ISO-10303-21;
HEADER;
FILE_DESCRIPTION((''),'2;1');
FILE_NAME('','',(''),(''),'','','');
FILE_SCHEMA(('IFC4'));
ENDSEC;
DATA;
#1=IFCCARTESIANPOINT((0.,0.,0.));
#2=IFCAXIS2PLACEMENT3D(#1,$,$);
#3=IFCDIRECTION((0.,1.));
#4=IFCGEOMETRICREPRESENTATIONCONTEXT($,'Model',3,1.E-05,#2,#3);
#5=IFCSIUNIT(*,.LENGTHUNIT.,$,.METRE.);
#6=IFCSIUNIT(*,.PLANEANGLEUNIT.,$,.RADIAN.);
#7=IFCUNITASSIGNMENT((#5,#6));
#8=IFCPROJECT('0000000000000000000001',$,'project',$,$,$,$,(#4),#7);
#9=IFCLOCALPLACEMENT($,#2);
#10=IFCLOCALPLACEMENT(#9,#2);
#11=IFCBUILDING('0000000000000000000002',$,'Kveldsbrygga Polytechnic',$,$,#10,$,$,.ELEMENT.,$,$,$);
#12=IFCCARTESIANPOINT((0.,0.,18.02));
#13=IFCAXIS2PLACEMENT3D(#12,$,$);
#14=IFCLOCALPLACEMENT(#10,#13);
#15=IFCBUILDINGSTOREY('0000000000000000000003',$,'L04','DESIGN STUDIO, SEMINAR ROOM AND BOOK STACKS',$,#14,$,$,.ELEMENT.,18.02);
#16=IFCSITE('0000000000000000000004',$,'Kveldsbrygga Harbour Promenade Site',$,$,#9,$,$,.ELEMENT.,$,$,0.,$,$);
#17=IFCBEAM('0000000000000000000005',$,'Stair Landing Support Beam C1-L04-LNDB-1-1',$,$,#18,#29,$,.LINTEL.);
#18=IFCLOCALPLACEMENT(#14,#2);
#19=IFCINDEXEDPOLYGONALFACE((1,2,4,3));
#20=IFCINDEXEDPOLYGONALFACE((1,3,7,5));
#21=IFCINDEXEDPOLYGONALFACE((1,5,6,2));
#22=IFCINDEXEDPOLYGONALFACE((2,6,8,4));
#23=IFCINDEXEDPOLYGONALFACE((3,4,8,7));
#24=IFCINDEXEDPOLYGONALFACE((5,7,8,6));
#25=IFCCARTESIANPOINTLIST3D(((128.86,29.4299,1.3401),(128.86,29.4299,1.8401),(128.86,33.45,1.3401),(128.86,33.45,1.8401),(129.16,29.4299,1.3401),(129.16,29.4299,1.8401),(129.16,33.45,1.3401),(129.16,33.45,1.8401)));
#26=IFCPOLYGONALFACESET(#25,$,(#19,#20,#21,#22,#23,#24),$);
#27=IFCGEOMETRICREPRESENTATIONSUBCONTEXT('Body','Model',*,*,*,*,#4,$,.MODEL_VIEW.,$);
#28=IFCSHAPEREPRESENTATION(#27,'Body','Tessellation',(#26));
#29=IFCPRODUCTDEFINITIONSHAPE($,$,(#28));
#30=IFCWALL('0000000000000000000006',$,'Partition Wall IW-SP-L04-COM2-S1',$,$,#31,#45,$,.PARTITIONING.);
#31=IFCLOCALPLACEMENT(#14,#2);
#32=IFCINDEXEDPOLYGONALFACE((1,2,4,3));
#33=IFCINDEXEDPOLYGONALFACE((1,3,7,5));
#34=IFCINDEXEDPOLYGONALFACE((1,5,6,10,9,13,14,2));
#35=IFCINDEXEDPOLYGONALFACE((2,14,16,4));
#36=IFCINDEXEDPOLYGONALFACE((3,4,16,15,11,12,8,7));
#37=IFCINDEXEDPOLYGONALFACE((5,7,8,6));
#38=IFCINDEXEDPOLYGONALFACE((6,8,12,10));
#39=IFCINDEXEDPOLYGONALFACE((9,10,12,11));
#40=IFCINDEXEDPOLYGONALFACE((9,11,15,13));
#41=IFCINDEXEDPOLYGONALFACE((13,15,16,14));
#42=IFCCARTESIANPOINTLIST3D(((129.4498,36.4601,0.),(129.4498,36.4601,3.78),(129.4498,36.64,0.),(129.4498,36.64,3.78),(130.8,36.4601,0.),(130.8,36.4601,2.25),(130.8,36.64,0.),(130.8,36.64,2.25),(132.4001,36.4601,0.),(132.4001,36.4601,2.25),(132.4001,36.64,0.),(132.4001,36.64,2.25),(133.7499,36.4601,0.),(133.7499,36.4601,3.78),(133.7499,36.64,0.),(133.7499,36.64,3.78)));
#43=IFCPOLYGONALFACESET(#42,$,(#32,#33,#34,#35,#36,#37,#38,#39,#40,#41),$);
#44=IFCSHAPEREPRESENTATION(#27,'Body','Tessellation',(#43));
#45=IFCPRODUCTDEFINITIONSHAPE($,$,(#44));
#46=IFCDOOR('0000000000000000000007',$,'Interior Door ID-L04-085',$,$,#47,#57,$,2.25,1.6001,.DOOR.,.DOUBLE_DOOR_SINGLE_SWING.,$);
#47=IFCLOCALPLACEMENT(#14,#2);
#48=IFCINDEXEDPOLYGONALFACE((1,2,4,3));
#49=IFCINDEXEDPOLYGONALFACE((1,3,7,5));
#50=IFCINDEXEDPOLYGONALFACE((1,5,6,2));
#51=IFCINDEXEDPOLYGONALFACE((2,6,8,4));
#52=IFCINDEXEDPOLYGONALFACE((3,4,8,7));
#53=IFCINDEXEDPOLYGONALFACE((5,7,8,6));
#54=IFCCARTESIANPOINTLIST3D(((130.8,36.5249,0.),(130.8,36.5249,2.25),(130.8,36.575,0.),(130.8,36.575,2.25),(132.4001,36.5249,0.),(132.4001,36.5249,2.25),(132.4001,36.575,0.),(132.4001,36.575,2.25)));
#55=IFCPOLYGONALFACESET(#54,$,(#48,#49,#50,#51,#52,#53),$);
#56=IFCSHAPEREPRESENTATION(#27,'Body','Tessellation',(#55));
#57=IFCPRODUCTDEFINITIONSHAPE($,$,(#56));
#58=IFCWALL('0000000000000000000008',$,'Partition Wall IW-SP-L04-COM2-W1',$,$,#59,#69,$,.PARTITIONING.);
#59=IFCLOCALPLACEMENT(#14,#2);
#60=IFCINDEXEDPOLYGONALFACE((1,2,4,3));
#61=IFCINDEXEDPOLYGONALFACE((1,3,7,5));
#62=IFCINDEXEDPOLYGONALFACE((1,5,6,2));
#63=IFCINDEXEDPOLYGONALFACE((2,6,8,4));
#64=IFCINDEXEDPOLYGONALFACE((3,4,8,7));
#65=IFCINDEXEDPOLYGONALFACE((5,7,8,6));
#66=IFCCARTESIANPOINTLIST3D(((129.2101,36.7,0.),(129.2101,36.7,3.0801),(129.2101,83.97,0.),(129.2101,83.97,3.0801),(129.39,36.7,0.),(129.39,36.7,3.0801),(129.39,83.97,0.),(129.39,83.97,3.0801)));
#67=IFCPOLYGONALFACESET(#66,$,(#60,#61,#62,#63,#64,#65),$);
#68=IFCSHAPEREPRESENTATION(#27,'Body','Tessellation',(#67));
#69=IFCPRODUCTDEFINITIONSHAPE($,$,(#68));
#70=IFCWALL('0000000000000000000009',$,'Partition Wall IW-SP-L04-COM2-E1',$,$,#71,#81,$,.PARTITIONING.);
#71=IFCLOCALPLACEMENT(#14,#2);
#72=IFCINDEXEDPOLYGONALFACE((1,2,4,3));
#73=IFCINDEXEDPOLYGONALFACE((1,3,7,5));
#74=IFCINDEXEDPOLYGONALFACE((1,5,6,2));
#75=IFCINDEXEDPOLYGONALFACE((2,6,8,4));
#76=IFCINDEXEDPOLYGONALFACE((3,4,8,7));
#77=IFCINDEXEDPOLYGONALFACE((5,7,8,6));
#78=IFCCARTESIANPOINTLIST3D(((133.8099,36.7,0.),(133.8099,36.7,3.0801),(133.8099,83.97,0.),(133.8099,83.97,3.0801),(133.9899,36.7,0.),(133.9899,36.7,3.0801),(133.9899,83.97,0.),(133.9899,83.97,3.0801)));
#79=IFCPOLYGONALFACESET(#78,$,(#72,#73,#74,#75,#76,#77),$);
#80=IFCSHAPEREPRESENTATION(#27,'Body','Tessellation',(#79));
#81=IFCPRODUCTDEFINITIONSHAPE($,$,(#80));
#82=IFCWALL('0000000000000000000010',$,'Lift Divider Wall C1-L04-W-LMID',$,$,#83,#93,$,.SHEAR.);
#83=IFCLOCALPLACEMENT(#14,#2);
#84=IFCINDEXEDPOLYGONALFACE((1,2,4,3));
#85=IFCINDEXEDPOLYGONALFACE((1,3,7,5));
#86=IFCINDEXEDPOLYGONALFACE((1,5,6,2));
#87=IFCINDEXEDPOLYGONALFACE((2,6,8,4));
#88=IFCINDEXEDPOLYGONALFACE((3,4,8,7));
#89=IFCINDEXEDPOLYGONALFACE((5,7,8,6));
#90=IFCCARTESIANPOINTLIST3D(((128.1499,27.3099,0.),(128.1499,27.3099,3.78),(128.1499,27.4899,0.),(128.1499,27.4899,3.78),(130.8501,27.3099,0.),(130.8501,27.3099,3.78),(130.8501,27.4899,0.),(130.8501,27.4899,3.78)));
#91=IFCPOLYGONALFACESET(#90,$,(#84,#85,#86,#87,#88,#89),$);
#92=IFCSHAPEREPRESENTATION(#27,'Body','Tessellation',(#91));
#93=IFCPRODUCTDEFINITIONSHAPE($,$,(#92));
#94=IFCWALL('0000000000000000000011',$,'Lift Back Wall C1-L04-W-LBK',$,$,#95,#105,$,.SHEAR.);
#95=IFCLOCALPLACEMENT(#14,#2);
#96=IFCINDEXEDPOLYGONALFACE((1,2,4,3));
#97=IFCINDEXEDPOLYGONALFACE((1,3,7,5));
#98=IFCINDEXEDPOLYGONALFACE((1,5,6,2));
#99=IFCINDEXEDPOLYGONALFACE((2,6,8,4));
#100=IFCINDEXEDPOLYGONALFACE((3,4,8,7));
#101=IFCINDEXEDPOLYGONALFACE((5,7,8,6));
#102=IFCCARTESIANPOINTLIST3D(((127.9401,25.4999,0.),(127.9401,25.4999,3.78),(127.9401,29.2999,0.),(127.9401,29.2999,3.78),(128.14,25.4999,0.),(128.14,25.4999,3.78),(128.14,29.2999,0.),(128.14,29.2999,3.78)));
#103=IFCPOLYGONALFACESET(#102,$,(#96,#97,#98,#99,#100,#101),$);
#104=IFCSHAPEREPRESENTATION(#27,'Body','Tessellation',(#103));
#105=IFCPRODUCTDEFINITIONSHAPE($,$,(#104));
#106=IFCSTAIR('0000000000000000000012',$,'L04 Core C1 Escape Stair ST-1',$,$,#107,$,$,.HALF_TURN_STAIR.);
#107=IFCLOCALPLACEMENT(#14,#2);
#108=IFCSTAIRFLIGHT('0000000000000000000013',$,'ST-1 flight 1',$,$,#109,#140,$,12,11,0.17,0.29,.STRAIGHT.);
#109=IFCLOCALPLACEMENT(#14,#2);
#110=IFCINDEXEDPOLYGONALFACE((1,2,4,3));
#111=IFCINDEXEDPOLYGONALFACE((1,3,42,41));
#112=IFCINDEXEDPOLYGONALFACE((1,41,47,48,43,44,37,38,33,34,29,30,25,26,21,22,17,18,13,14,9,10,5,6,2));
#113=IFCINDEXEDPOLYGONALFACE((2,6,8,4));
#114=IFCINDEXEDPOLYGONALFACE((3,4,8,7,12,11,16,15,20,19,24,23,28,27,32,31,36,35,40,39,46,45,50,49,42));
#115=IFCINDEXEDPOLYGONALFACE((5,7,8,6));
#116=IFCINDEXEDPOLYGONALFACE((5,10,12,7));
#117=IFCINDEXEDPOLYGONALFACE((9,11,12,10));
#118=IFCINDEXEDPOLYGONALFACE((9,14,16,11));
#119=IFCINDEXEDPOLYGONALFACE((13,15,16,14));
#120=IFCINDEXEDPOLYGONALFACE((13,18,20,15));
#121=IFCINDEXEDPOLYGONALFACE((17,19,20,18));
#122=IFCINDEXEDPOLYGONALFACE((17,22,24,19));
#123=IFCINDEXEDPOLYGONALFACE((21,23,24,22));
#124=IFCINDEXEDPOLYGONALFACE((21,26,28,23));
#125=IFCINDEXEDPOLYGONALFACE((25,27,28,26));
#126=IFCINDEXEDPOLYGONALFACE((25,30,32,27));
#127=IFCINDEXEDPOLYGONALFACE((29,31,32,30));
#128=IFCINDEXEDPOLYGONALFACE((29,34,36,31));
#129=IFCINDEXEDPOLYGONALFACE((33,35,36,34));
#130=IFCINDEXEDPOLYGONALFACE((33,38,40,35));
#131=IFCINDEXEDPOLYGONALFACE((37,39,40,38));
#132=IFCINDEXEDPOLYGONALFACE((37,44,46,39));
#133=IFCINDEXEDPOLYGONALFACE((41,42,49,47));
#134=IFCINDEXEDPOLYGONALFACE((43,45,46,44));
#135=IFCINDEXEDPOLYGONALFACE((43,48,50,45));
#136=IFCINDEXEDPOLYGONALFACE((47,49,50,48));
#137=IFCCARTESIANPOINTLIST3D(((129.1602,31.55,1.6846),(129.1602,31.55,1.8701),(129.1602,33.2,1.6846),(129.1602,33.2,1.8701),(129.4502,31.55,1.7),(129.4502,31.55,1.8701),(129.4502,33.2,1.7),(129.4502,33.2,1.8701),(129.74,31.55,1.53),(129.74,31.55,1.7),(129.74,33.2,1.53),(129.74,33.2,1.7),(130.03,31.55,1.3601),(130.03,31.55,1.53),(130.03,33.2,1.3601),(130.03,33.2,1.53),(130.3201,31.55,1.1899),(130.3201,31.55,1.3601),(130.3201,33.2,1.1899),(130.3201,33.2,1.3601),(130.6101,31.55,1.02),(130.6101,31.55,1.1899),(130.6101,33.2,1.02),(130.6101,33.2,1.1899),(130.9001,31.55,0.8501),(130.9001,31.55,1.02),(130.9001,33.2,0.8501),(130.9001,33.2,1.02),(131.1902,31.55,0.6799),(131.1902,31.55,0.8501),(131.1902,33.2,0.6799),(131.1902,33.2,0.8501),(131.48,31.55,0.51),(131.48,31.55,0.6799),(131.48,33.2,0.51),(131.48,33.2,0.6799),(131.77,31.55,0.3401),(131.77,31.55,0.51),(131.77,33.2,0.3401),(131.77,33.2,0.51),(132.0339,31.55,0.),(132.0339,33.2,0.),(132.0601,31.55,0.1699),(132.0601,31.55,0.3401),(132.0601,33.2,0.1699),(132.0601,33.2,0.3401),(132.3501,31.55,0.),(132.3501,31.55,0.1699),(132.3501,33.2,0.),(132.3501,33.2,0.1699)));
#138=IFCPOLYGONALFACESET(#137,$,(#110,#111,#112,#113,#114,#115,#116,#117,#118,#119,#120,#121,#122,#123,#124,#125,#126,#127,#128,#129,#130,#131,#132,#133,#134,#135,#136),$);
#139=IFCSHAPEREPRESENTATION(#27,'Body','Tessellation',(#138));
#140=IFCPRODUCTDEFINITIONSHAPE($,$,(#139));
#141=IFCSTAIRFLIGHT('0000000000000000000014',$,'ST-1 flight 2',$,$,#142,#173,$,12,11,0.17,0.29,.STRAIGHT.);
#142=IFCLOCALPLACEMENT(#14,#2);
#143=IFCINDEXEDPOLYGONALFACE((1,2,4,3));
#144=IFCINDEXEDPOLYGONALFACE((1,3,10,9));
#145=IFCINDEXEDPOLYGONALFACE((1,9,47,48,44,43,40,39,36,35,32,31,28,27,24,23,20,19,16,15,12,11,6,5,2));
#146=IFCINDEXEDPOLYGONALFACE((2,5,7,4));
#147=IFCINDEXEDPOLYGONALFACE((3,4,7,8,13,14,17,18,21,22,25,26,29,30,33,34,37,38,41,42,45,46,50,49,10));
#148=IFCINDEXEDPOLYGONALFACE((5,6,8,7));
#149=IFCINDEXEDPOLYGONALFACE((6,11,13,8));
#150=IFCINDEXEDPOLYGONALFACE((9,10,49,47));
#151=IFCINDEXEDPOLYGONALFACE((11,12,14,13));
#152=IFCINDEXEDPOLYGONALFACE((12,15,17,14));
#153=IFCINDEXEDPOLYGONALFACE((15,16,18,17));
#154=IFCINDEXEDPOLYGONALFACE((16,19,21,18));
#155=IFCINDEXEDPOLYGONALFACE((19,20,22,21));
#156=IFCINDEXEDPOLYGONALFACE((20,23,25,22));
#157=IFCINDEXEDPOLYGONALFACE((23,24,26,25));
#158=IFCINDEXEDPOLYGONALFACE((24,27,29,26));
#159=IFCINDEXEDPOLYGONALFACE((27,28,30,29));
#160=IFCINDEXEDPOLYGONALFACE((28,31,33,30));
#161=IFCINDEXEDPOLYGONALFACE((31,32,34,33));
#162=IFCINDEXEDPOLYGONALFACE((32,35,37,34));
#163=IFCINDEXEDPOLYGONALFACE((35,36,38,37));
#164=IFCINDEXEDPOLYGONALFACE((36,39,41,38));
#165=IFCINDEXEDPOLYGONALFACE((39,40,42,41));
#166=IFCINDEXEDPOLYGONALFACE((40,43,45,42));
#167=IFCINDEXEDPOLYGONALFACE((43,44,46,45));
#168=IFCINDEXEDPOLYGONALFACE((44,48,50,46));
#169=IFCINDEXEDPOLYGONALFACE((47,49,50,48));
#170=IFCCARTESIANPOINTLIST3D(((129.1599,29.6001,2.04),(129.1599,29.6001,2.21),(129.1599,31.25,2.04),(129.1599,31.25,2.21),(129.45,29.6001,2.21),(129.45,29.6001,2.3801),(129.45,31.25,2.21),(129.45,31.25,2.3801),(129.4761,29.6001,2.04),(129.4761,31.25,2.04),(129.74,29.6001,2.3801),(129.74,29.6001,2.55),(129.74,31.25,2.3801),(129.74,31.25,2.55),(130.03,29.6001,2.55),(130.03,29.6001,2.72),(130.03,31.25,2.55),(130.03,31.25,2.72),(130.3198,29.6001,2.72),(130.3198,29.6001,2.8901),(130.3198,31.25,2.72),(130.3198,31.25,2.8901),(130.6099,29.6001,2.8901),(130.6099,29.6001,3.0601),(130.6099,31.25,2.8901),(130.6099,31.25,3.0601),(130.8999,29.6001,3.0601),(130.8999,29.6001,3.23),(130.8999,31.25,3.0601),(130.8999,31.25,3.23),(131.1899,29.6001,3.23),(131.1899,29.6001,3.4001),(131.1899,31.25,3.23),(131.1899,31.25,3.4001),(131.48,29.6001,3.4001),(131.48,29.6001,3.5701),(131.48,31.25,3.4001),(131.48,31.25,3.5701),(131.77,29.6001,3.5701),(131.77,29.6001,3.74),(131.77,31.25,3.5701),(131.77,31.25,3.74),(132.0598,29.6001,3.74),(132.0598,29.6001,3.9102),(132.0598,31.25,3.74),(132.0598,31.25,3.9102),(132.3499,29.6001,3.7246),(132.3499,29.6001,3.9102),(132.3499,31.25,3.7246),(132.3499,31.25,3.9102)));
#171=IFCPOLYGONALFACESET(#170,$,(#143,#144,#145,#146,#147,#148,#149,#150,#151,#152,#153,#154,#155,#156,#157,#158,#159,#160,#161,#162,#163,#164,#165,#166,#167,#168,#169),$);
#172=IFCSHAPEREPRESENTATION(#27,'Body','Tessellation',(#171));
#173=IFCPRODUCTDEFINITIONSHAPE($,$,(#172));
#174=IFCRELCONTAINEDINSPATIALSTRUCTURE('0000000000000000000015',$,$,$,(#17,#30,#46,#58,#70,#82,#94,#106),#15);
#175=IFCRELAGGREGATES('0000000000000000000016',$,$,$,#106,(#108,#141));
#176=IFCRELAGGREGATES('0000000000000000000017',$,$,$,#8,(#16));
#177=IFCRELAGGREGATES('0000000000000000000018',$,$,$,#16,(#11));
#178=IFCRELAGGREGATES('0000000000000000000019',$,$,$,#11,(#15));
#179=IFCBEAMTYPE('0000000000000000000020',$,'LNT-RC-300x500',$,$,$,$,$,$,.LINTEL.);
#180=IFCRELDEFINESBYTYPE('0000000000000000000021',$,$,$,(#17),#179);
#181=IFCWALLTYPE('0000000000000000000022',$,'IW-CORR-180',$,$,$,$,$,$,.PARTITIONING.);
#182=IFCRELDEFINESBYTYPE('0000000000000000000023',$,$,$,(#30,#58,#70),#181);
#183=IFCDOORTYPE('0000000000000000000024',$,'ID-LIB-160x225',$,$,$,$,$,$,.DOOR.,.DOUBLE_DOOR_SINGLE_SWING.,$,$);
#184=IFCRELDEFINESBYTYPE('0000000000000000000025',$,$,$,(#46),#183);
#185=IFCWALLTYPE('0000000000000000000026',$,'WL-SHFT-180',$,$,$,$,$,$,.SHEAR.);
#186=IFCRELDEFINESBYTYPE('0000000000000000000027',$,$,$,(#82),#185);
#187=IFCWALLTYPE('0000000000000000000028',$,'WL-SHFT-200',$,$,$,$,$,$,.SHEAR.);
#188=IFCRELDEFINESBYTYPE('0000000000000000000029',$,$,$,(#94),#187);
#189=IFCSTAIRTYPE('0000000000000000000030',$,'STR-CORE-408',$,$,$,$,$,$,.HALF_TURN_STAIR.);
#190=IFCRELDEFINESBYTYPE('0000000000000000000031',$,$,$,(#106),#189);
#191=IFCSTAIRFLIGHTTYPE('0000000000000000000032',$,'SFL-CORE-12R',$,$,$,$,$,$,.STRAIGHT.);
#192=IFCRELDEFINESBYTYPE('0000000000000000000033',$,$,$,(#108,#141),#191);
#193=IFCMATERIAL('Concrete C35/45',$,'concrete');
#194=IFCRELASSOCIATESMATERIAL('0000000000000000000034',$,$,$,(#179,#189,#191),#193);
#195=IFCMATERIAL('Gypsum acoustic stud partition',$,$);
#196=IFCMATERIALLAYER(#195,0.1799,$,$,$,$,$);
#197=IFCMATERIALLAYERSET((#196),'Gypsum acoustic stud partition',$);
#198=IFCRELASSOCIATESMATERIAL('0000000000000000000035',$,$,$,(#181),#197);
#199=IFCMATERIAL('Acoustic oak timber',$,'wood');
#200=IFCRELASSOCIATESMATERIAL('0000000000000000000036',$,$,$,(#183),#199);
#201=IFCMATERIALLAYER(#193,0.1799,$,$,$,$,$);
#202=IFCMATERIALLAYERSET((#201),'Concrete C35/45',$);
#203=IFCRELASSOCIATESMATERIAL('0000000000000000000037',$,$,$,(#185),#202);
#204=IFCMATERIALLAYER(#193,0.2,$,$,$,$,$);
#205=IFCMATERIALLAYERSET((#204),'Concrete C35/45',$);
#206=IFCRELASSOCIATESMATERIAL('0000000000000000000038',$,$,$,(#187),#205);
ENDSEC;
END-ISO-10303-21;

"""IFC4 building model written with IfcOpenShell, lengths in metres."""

from ifc_helpers import new_model, si_unit, direction, frame, frame_2d, origin, origin_2d, place, context, subcontext, project, spatial, polyline, rectangle, outline, extrude, material, layer, layer_set, material_profile, profile_set, type_object, element, fill, aggregate, save


model = new_model("IFC4")

# Units and contexts
model_context = context("Model", 3, precision=1e-05, world=origin(), true_north=direction((0.0, 1.0)))
body_context = subcontext(model_context, "Body", "Model", "MODEL_VIEW")
ifc_project = project(units=[si_unit("LENGTHUNIT", "METRE"), si_unit("PLANEANGLEUNIT", "RADIAN")], contexts=[model_context])

# Site, building, storey
site_placement = place(None, origin())
site = spatial("IfcSite", under=ifc_project, at=site_placement, Name="Kveldsbrygga Harbour Promenade Site", CompositionType="ELEMENT", RefElevation=0.0)
building_placement = place(site_placement, origin())
building = spatial("IfcBuilding", under=site, at=building_placement, Name="Kveldsbrygga Polytechnic", CompositionType="ELEMENT")
storey_placement = place(building_placement, frame((0.0, 0.0, 18.02)))
storey = spatial("IfcBuildingStorey", under=building, at=storey_placement, Name="L04", Description="DESIGN STUDIO, SEMINAR ROOM AND BOOK STACKS", CompositionType="ELEMENT", Elevation=18.02)

# Beam
ifc_material_1 = material(Name="Concrete C35/45", Category="concrete")
ifc_material_profile = material_profile(ifc_material_1, rectangle(XDim=0.3, YDim=0.5, at=origin_2d()), Name="RC 300x500")
ifc_profile_set = profile_set([ifc_material_profile], Name="Concrete C35/45")
beam_type = type_object("IfcBeamType", Name="LNT-RC-300x500", PredefinedType="LINTEL", material=ifc_profile_set)
beam_placement = place(storey_placement, frame((129.01, 29.4299, 1.5901), z_axis=(0.0, 1.0, 0.0), x_axis=(-1.0, 0.0, 0.0)))
element("IfcBeam", 1, at=beam_placement, inside=storey, type_object=beam_type, Name="Stair Landing Support Beam C1-L04-LNDB-1-1", PredefinedType="LINTEL", context=body_context, shape_type="SweptSolid", body=[
    extrude(rectangle(XDim=0.3, YDim=0.5, at=origin_2d()), origin(), (0.0, 0.0, 1.0), 4.02),
])

# Wall, opening, door
ifc_material_2 = material(Name="Gypsum acoustic stud partition")
ifc_layer_1 = layer(ifc_material_2, 0.1799)
ifc_layer_set_1 = layer_set([ifc_layer_1], Name="Gypsum acoustic stud partition")
wall_type_1 = type_object("IfcWallType", Name="IW-CORR-180", PredefinedType="PARTITIONING", material=ifc_layer_set_1)
wall_1_placement = place(storey_placement, frame((129.45, 36.55, 0.0), z_axis=(0.0, 0.0, 1.0), x_axis=(1.0, 0.0, 0.0)))
wall_1 = element("IfcWall", 2, at=wall_1_placement, inside=storey, type_object=wall_type_1, Name="Partition Wall IW-SP-L04-COM2-S1", PredefinedType="PARTITIONING", context=body_context, shape_type="SweptSolid", body=[
    extrude(rectangle(XDim=4.3, YDim=0.1799, at=frame_2d((2.1499, 0.0))), origin(), (0.0, 0.0, 1.0), 3.78),
])
opening_1_placement = place(wall_1_placement, frame((1.3501, 0.0, 0.0)))
opening_1 = element("IfcOpeningElement", 3, at=opening_1_placement, cuts=wall_1, PredefinedType="OPENING", context=body_context, shape_type="SweptSolid", body=[
    extrude(rectangle(XDim=1.6001, YDim=2.25, at=frame_2d((0.8, 1.125))), frame((0.0, 0.1001, 0.0), z_axis=(0.0, -1.0, 0.0), x_axis=(1.0, 0.0, 0.0)), (0.0, 0.0, 1.0), 0.2),
])
ifc_material_3 = material(Name="Acoustic oak timber", Category="wood")
door_type_1 = type_object("IfcDoorType", Name="ID-LIB-160x225", OperationType="DOUBLE_DOOR_SINGLE_SWING", PredefinedType="DOOR", material=ifc_material_3)
door_1_placement = place(opening_1_placement, origin())
door_1 = element("IfcDoor", 4, at=door_1_placement, inside=storey, type_object=door_type_1, Name="Interior Door ID-L04-085", OperationType="DOUBLE_DOOR_SINGLE_SWING", OverallHeight=2.25, OverallWidth=1.6001, PredefinedType="DOOR", context=body_context, shape_type="SweptSolid", body=[
    extrude(rectangle(XDim=1.6001, YDim=2.25, at=frame_2d((0.8, 1.125))), frame((0.0, 0.0249, 0.0), z_axis=(0.0, -1.0, 0.0), x_axis=(1.0, 0.0, 0.0)), (0.0, 0.0, 1.0), 0.05),
])
fill(opening_1, door_1)

# Walls
for number, where, z_axis, x_axis, name in (
    (5, (129.3, 36.7, 0.0), (0.0, 0.0, 1.0), (0.0, 1.0, 0.0), "Partition Wall IW-SP-L04-COM2-W1"),
    (6, (133.8999, 36.7, 0.0), (0.0, 0.0, 1.0), (0.0, 1.0, 0.0), "Partition Wall IW-SP-L04-COM2-E1"),
):
    element("IfcWall", number, at=place(storey_placement, frame(where, z_axis=z_axis, x_axis=x_axis)), inside=storey, type_object=wall_type_1, Name=name, PredefinedType="PARTITIONING", context=body_context, shape_type="SweptSolid", body=[
        extrude(rectangle(XDim=47.27, YDim=0.1799, at=frame_2d((23.635, 0.0))), origin(), (0.0, 0.0, 1.0), 3.0801),
    ])

# Wall
ifc_layer_2 = layer(ifc_material_1, 0.1799)
ifc_layer_set_2 = layer_set([ifc_layer_2], Name="Concrete C35/45")
wall_type_2 = type_object("IfcWallType", Name="WL-SHFT-180", PredefinedType="SHEAR", material=ifc_layer_set_2)
wall_2_placement = place(storey_placement, frame((128.1499, 27.3999, 0.0), z_axis=(0.0, 0.0, 1.0), x_axis=(1.0, 0.0, 0.0)))
element("IfcWall", 7, at=wall_2_placement, inside=storey, type_object=wall_type_2, Name="Lift Divider Wall C1-L04-W-LMID", PredefinedType="SHEAR", context=body_context, shape_type="SweptSolid", body=[
    extrude(rectangle(XDim=2.7002, YDim=0.1799, at=frame_2d((1.3501, 0.0))), origin(), (0.0, 0.0, 1.0), 3.78),
])

# Shared definitions
ifc_layer_3 = layer(ifc_material_1, 0.2)
ifc_layer_set_3 = layer_set([ifc_layer_3], Name="Concrete C35/45")
wall_type_3 = type_object("IfcWallType", Name="WL-SHFT-200", PredefinedType="SHEAR", material=ifc_layer_set_3)

# Wall
wall_3_placement = place(storey_placement, frame((128.04, 25.5, 0.0), z_axis=(0.0, 0.0, 1.0), x_axis=(0.0, 1.0, 0.0)))
element("IfcWall", 8, at=wall_3_placement, inside=storey, type_object=wall_type_3, Name="Lift Back Wall C1-L04-W-LBK", PredefinedType="SHEAR", context=body_context, shape_type="SweptSolid", body=[
    extrude(rectangle(XDim=3.8, YDim=0.2, at=frame_2d((1.8999, 0.0))), origin(), (0.0, 0.0, 1.0), 3.78),
])

# Stair, stair flights
stair_type = type_object("IfcStairType", Name="STR-CORE-408", PredefinedType="HALF_TURN_STAIR", material=ifc_material_1)
stair_placement = place(storey_placement, origin())
stair = element("IfcStair", 9, at=stair_placement, inside=storey, type_object=stair_type, Name="L04 Core C1 Escape Stair ST-1", PredefinedType="HALF_TURN_STAIR")
stair_flight_type = type_object("IfcStairFlightType", Name="SFL-CORE-12R", PredefinedType="STRAIGHT", material=ifc_material_1)
stair_flight_1_placement = place(storey_placement, frame((132.3501, 32.375, 0.0), z_axis=(0.0, 0.0, 1.0), x_axis=(-1.0, 0.0, 0.0)))
stair_flight_1 = element("IfcStairFlight", 10, at=stair_flight_1_placement, type_object=stair_flight_type, Name="ST-1 flight 1", NumberOfRisers=12, NumberOfTreads=11, PredefinedType="STRAIGHT", RiserHeight=0.17, TreadLength=0.29, context=body_context, shape_type="SweptSolid", body=[
    extrude(outline(polyline([(0.0, 0.0), (0.0, 0.1699), (0.29, 0.1699), (0.29, 0.3401), (0.5801, 0.3401), (0.5801, 0.51), (0.8701, 0.51), (0.8701, 0.6799), (1.1599, 0.6799), (1.1599, 0.8501), (1.45, 0.8501), (1.45, 1.02), (1.74, 1.02), (1.74, 1.1899), (2.03, 1.1899), (2.03, 1.3601), (2.3201, 1.3601), (2.3201, 1.53), (2.6101, 1.53), (2.6101, 1.7), (2.8999, 1.7), (2.8999, 1.8701), (3.1899, 1.8701), (3.1899, 2.04), (3.1899, 1.6846), (0.3162, 0.0), (0.0, 0.0)])), frame((0.0, 0.825, 0.0), z_axis=(0.0, -1.0, 0.0), x_axis=(1.0, 0.0, 0.0)), (0.0, 0.0, 1.0), 1.6499),
])
stair_flight_2_placement = place(storey_placement, frame((129.1599, 30.425, 2.04), z_axis=(0.0, 0.0, 1.0), x_axis=(1.0, 0.0, 0.0)))
stair_flight_2 = element("IfcStairFlight", 11, at=stair_flight_2_placement, type_object=stair_flight_type, Name="ST-1 flight 2", NumberOfRisers=12, NumberOfTreads=11, PredefinedType="STRAIGHT", RiserHeight=0.17, TreadLength=0.29, context=body_context, shape_type="SweptSolid", body=[
    extrude(outline(polyline([(0.0, 0.0), (0.0, 0.1699), (0.29, 0.1699), (0.29, 0.3401), (0.5801, 0.3401), (0.5801, 0.51), (0.8701, 0.51), (0.8701, 0.6799), (1.1599, 0.6799), (1.1599, 0.8501), (1.45, 0.8501), (1.45, 1.02), (1.74, 1.02), (1.74, 1.1899), (2.03, 1.1899), (2.03, 1.3601), (2.3201, 1.3601), (2.3201, 1.53), (2.6101, 1.53), (2.6101, 1.7), (2.8999, 1.7), (2.8999, 1.8701), (3.1899, 1.8701), (3.1899, 2.04), (3.1899, 1.6846), (0.3162, 0.0), (0.0, 0.0)])), frame((0.0, 0.825, 0.0), z_axis=(0.0, -1.0, 0.0), x_axis=(1.0, 0.0, 0.0)), (0.0, 0.0, 1.0), 1.6499),
])
aggregate(stair, [stair_flight_1, stair_flight_2])

save(model, "model.ifc")
